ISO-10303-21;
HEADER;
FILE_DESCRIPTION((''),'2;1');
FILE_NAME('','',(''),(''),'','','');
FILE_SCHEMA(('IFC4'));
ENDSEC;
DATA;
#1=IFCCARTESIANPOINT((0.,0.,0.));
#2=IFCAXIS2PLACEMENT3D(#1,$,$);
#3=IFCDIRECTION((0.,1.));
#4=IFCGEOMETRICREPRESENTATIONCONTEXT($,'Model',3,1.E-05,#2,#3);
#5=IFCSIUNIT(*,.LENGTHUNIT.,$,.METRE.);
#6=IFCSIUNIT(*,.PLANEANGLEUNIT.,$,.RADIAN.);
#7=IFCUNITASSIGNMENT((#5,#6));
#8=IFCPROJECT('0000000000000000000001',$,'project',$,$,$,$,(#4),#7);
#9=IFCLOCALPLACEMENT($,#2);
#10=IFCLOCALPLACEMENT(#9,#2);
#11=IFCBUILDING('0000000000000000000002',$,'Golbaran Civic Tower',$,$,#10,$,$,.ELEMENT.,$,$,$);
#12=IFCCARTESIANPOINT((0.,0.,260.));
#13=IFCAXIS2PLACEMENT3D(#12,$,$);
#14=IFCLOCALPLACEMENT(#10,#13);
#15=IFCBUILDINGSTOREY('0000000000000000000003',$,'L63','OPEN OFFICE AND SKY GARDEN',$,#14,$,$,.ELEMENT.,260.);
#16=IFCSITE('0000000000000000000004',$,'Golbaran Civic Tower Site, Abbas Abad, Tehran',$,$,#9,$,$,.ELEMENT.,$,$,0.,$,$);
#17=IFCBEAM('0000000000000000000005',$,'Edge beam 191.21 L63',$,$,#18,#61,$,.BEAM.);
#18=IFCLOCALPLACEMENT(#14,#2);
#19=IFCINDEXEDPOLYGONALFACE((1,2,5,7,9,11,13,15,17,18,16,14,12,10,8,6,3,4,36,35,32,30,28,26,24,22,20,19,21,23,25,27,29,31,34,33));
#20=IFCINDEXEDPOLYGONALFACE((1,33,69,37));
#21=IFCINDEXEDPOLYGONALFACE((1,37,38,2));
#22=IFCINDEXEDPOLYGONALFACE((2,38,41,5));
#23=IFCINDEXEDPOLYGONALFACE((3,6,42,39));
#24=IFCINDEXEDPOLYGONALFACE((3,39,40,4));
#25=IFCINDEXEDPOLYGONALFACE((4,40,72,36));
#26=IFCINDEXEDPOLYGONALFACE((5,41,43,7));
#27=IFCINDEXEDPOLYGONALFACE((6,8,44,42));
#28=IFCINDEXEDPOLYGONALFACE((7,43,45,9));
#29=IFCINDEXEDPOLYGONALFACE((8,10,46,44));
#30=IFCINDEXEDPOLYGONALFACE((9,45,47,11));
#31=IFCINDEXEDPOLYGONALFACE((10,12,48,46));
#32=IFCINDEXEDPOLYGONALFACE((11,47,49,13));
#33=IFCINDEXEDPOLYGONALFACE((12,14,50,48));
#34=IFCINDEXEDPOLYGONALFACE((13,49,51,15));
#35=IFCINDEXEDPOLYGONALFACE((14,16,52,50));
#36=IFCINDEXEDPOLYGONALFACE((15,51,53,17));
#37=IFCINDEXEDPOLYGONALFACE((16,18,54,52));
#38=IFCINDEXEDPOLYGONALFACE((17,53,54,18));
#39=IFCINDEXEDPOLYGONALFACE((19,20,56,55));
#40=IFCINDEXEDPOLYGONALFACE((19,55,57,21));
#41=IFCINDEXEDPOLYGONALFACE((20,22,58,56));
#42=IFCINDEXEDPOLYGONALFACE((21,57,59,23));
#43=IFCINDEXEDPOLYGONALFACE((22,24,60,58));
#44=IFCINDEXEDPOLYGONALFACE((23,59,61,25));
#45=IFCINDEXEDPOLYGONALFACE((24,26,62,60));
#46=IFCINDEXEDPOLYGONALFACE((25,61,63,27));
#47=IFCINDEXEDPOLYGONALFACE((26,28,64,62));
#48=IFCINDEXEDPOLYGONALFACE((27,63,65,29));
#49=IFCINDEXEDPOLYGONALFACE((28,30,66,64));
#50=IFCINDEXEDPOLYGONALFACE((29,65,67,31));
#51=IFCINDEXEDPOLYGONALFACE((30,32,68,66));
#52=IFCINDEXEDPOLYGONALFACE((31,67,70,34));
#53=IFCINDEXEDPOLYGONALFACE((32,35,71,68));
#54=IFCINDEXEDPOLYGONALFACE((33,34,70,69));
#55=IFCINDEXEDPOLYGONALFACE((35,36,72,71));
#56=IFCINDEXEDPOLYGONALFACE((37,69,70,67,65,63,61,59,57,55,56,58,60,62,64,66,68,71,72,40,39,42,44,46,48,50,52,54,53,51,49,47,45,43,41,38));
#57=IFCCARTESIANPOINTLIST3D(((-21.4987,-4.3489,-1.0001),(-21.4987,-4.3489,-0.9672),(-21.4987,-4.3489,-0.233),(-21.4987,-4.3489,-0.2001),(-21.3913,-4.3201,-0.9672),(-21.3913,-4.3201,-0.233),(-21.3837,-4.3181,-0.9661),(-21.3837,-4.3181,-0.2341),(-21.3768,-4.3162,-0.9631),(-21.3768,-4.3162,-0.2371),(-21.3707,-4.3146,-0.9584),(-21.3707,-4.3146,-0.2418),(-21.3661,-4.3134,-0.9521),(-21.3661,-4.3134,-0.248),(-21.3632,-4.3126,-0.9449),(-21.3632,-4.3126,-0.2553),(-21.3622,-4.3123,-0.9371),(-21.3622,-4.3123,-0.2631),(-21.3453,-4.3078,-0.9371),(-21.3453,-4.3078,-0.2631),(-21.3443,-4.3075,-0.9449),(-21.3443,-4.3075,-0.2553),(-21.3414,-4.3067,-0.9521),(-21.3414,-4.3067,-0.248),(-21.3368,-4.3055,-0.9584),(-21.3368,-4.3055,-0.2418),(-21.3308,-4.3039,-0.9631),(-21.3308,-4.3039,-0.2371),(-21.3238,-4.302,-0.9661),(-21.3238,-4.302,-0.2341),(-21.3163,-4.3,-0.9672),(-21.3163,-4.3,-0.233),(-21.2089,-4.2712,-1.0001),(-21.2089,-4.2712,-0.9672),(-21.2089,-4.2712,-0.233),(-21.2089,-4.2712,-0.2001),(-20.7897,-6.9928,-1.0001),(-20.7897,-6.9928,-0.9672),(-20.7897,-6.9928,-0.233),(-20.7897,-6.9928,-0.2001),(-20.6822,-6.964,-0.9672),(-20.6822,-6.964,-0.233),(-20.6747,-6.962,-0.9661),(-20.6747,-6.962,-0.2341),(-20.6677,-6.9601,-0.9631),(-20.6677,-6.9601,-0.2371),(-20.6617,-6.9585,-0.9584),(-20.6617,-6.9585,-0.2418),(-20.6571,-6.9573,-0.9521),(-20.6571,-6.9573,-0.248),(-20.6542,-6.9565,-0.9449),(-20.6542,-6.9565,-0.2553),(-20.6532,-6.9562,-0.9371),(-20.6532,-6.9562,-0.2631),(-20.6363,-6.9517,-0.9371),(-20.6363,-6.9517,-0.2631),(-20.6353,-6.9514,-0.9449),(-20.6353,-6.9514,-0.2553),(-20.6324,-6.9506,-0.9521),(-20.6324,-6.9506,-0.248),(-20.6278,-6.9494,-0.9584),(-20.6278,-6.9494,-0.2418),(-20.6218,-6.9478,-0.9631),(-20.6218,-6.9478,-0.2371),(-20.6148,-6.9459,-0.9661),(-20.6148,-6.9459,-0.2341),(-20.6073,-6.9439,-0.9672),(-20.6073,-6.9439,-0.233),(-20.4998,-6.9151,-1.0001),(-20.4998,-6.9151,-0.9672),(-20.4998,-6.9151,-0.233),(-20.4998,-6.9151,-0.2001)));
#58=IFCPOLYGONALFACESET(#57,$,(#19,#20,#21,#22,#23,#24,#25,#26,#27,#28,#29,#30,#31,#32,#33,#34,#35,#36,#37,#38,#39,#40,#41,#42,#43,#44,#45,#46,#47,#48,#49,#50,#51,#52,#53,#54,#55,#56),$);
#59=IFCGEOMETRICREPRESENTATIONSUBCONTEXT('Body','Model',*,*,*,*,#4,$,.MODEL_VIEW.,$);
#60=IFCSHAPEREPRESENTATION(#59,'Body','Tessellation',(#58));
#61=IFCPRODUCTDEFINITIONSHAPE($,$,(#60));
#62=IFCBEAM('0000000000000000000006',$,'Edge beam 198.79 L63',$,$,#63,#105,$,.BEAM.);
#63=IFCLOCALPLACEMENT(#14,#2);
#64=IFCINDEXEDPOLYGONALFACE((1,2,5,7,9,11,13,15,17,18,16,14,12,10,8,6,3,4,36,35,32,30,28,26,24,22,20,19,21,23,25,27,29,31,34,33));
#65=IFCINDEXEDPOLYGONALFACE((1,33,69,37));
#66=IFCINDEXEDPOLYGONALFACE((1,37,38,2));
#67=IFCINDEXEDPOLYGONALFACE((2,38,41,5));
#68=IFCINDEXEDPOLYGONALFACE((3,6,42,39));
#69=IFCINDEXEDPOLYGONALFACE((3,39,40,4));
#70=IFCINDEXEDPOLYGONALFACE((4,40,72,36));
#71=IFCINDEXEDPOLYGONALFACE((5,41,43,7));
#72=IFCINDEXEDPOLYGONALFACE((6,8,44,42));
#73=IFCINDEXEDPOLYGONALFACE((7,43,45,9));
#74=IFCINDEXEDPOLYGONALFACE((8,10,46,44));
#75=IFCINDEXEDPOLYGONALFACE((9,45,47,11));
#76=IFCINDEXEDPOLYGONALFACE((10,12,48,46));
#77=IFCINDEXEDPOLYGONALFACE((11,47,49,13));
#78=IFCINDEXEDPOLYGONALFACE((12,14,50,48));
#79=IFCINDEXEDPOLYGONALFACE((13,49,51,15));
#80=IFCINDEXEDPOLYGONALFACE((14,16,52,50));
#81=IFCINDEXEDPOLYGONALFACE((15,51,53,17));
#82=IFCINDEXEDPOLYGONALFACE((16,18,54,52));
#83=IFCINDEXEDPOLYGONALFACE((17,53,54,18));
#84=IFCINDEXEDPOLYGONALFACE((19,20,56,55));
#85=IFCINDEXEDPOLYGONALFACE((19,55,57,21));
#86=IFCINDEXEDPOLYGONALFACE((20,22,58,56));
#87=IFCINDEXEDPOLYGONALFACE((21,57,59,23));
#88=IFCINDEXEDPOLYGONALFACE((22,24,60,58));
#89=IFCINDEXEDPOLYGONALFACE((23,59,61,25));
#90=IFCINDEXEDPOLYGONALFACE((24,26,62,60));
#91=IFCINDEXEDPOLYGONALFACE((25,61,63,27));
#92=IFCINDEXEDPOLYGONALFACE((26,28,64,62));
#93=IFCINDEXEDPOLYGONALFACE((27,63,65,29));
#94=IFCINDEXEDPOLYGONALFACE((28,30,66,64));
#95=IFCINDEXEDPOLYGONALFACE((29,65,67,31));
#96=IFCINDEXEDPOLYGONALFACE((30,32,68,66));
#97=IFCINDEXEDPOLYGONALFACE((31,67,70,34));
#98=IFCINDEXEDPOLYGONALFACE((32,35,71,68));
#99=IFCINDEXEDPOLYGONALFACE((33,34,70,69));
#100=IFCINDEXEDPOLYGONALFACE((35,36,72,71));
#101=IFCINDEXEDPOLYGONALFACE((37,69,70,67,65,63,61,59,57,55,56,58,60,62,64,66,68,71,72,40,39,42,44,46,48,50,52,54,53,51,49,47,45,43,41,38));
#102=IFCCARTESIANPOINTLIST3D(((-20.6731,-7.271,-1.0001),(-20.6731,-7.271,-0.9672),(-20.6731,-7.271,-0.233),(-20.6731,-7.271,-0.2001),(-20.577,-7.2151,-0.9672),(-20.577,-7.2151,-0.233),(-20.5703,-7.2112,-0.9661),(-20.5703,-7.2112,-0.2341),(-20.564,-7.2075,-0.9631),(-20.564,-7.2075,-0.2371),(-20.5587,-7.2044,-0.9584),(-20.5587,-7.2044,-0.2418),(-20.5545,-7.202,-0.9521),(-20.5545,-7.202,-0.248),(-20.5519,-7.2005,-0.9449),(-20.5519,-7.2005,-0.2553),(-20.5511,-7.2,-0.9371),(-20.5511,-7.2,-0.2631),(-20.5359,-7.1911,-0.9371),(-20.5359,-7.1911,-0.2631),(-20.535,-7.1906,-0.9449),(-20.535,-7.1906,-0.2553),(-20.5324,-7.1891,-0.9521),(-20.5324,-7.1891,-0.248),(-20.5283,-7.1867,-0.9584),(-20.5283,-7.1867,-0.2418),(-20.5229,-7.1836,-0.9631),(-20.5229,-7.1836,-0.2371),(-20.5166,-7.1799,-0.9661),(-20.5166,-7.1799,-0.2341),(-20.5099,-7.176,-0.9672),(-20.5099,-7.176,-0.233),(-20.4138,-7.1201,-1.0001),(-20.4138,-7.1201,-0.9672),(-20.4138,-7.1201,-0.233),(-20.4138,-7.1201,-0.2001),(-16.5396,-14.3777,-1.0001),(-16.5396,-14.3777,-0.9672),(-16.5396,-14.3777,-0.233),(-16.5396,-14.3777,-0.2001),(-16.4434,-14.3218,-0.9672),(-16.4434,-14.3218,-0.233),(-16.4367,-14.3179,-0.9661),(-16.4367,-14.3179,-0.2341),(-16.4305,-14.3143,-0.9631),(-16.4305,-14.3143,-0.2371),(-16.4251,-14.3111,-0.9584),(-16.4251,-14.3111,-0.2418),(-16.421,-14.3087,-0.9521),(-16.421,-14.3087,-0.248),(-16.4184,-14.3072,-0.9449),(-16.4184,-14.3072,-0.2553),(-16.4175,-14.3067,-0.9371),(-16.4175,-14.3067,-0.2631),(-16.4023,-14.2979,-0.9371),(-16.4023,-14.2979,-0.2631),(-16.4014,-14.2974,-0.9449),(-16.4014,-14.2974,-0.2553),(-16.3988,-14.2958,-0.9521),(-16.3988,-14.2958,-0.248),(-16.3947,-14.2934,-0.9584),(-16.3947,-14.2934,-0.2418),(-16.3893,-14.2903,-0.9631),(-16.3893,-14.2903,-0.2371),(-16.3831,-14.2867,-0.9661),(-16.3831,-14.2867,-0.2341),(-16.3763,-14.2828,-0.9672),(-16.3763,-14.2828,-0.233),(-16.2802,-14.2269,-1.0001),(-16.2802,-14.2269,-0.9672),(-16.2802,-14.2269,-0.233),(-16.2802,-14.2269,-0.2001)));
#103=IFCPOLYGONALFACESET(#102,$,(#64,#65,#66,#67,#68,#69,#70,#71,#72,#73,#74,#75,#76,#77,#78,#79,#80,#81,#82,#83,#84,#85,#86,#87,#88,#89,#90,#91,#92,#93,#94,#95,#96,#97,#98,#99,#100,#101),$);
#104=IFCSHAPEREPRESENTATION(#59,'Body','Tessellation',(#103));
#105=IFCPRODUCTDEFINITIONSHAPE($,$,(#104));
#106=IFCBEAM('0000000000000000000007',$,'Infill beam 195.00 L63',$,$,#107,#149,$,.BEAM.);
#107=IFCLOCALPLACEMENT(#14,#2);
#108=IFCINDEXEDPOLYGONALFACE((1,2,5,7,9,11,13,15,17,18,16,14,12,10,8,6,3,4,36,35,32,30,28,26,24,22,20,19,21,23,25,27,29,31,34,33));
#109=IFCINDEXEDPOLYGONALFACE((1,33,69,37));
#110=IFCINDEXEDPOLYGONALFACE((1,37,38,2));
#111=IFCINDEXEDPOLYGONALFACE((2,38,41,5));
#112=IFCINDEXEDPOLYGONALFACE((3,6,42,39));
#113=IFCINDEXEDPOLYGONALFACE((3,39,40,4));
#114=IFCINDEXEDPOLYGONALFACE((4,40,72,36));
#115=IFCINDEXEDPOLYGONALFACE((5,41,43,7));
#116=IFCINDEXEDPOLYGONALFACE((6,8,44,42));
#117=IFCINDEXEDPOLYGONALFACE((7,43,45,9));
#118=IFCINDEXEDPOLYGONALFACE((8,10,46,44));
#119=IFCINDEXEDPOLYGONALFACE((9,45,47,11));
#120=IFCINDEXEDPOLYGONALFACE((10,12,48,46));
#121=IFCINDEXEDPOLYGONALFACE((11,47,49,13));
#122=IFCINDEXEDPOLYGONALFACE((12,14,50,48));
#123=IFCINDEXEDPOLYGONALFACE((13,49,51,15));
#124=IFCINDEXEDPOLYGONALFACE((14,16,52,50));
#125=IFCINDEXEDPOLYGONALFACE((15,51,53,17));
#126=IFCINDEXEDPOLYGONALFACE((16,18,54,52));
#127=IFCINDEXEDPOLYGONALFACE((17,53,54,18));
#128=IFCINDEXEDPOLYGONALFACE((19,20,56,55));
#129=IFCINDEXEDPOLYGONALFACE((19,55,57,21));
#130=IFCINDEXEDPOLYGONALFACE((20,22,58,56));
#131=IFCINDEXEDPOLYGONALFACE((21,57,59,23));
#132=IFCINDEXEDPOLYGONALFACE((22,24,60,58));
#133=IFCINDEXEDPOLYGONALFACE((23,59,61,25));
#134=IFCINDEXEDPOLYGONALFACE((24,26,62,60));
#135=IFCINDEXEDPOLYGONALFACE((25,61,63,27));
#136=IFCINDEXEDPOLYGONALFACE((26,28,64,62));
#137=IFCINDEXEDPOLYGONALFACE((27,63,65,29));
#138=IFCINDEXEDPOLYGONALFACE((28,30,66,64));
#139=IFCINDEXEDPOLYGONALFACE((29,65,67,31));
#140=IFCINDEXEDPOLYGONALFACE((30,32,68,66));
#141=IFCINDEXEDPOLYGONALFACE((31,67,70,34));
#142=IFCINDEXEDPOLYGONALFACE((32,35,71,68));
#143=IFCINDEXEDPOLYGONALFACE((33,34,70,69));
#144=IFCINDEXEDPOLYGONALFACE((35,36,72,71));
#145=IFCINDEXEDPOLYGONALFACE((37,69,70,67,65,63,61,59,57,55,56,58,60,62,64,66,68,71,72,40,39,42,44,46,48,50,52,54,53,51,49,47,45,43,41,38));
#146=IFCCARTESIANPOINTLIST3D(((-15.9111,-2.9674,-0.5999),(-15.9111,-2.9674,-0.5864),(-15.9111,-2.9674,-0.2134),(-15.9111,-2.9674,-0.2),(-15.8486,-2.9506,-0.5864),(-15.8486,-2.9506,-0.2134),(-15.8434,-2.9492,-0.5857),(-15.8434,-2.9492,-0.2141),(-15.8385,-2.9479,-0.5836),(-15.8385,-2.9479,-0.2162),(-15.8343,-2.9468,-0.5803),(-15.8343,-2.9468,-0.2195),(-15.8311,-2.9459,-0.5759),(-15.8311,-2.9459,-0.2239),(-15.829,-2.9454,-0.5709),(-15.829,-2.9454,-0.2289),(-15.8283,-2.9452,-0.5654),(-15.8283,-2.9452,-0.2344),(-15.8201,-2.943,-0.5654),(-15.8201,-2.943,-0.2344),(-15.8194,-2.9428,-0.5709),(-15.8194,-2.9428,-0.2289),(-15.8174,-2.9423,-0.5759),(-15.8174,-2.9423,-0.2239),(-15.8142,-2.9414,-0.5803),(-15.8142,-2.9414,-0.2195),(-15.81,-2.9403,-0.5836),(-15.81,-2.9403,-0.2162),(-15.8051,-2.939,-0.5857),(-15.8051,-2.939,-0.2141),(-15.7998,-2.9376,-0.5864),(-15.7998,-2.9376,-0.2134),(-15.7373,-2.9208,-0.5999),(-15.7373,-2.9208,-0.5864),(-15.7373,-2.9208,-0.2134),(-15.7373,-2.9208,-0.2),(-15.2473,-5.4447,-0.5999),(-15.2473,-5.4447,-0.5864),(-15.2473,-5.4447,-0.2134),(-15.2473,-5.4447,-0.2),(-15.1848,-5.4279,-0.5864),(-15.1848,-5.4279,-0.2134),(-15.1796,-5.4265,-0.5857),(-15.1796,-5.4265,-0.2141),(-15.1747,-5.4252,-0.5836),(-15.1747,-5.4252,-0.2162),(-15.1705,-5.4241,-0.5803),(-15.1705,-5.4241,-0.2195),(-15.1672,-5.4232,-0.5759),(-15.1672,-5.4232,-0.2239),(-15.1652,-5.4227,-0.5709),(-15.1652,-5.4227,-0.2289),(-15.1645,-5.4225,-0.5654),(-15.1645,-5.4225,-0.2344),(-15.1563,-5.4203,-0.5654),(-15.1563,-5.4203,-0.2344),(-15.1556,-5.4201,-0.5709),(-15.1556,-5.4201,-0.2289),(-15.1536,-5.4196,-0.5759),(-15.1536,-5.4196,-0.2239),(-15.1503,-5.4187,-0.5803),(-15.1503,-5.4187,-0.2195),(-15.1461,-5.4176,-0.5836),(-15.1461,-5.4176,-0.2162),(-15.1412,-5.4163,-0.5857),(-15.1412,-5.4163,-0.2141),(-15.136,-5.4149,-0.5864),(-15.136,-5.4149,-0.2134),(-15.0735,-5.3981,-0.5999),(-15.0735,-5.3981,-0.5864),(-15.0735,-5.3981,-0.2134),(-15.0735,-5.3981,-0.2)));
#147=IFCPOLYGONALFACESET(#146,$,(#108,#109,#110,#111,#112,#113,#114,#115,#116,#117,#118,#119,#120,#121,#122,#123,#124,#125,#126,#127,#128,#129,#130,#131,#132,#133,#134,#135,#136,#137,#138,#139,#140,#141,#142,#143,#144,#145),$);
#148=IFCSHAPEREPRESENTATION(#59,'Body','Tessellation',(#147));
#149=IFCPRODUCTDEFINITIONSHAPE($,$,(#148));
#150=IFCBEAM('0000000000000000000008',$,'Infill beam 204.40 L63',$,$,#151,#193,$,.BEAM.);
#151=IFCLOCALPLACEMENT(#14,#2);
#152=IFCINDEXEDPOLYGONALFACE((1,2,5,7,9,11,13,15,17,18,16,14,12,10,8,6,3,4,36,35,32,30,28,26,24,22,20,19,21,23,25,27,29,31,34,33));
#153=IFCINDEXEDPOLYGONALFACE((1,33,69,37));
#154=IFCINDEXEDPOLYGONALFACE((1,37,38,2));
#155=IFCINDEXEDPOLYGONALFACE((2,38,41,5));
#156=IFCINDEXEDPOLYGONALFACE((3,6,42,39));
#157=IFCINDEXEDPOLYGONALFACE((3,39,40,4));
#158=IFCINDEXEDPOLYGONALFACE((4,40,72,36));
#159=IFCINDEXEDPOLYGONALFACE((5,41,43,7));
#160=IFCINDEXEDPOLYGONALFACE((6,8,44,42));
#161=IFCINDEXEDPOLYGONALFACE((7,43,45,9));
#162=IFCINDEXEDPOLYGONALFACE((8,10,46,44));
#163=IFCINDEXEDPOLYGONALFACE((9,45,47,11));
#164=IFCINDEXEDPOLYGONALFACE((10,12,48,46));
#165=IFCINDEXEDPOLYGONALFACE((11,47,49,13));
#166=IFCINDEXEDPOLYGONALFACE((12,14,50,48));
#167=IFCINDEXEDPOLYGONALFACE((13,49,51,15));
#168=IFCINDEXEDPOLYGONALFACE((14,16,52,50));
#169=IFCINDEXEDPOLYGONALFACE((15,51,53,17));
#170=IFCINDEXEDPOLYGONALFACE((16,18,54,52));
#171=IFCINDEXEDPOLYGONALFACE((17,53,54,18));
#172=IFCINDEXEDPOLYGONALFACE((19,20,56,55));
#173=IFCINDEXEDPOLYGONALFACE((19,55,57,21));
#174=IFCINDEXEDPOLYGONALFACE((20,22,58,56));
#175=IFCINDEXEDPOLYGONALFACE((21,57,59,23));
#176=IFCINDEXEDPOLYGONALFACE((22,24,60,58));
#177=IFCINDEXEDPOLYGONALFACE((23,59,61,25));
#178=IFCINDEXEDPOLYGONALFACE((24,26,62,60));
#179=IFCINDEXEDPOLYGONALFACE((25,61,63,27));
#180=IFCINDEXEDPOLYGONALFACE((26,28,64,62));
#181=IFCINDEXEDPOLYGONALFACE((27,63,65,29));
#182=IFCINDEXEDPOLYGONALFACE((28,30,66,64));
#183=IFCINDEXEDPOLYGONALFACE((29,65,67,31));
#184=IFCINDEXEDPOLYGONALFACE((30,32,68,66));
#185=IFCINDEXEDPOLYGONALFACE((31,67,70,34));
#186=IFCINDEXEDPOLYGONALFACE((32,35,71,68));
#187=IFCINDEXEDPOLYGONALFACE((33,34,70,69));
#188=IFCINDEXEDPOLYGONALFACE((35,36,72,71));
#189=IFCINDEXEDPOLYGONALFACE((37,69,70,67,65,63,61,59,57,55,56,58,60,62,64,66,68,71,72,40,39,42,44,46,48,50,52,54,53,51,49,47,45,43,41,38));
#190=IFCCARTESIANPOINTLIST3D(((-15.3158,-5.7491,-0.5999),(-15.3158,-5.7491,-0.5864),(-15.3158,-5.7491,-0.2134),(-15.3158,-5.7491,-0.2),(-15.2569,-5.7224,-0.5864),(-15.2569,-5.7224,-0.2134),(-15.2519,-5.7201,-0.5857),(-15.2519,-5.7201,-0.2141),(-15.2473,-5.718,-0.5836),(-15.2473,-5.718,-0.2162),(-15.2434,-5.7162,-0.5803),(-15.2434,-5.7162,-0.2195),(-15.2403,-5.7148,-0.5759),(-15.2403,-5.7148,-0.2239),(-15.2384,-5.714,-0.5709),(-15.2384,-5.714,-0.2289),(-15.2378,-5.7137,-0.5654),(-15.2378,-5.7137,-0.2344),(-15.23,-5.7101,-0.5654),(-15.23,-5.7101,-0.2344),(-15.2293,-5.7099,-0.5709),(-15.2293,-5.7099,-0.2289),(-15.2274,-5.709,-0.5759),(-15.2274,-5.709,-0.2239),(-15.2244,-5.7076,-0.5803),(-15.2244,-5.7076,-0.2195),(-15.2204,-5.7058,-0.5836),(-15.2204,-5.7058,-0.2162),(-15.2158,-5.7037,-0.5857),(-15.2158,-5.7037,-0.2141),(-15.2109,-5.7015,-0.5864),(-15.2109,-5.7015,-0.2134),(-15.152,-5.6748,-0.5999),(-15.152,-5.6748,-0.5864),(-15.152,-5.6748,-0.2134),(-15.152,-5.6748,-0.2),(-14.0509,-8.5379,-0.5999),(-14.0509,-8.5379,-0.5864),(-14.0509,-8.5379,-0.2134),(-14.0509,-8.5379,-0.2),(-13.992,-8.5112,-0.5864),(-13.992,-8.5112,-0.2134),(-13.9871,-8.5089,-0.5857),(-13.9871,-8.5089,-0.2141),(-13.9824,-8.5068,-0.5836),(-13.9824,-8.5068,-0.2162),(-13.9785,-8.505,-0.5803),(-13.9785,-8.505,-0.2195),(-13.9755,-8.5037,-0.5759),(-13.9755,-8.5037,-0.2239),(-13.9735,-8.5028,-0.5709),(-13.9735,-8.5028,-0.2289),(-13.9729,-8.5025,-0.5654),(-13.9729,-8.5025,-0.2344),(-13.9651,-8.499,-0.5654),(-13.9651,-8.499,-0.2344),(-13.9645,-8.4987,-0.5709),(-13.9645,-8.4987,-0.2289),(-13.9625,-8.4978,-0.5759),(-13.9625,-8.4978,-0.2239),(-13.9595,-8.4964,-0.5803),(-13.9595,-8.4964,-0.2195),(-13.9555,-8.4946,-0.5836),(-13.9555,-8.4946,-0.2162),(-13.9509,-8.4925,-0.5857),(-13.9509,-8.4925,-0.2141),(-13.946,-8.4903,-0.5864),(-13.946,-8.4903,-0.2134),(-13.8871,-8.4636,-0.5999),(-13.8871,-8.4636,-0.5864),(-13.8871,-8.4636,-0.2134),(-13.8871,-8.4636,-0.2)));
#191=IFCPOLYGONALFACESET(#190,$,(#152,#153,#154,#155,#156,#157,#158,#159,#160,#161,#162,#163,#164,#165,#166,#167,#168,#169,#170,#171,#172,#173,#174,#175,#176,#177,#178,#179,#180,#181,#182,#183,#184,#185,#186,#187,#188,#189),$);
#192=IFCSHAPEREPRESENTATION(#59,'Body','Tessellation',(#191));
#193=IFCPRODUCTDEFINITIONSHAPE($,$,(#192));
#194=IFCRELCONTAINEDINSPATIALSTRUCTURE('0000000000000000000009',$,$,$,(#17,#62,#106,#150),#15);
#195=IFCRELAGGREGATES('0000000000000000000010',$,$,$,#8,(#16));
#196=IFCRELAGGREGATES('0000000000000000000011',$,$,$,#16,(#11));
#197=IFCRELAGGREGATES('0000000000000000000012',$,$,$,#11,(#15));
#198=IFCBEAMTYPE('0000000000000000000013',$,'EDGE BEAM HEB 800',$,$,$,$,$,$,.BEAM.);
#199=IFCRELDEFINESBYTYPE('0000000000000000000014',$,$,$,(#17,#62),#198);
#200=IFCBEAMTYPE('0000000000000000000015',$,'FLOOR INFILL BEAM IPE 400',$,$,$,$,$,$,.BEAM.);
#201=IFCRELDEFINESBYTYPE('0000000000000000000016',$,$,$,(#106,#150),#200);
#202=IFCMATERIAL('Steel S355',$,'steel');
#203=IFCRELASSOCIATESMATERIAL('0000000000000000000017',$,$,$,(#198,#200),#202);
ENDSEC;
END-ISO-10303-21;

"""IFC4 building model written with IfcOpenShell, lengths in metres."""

from ifc_helpers import new_model, si_unit, direction, frame, origin, origin_2d, place, context, subcontext, project, spatial, i_section, extrude, material, material_profile, profile_set, type_object, element, save


model = new_model("IFC4")

# Units and contexts
model_context = context("Model", 3, precision=1e-05, world=origin(), true_north=direction((0.0, 1.0)))
body_context = subcontext(model_context, "Body", "Model", "MODEL_VIEW")
ifc_project = project(units=[si_unit("LENGTHUNIT", "METRE"), si_unit("PLANEANGLEUNIT", "RADIAN")], contexts=[model_context])

# Site, building, storey
site_placement = place(None, origin())
site = spatial("IfcSite", under=ifc_project, at=site_placement, Name="Golbaran Civic Tower Site, Abbas Abad, Tehran", CompositionType="ELEMENT", RefElevation=0.0)
building_placement = place(site_placement, origin())
building = spatial("IfcBuilding", under=site, at=building_placement, Name="Golbaran Civic Tower", CompositionType="ELEMENT")
storey_placement = place(building_placement, frame((0.0, 0.0, 260.0)))
storey = spatial("IfcBuildingStorey", under=building, at=storey_placement, Name="L63", Description="OPEN OFFICE AND SKY GARDEN", CompositionType="ELEMENT", Elevation=260.0)

# Beams
ifc_material_1 = material(Name="Steel S355", Category="steel")
ifc_material_profile_1 = material_profile(ifc_material_1, i_section(OverallWidth=0.3, OverallDepth=0.8, WebThickness=0.0176, FlangeThickness=0.033, FilletRadius=0.03, at=origin_2d()), Name="HEB 800")
ifc_profile_set_1 = profile_set([ifc_material_profile_1], Name="Steel S355")
beam_type_1 = type_object("IfcBeamType", Name="EDGE BEAM HEB 800", PredefinedType="BEAM", material=ifc_profile_set_1)
beam_1_placement = place(storey_placement, frame((-21.3538, -4.3101, -0.6001), z_axis=(0.259017, -0.965873, 0.0), x_axis=(0.965873, 0.259017, 0.0)))
element("IfcBeam", 1, at=beam_1_placement, inside=storey, type_object=beam_type_1, Name="Edge beam 191.21 L63", PredefinedType="BEAM", context=body_context, shape_type="SweptSolid", body=[
    extrude(i_section(OverallWidth=0.3, OverallDepth=0.8, WebThickness=0.0176, FlangeThickness=0.033, FilletRadius=0.03, at=origin_2d()), origin(), (0.0, 0.0, 1.0), 2.7373),
])
beam_2_placement = place(storey_placement, frame((-20.5435, -7.1956, -0.6001), z_axis=(0.502779, -0.864415, 0.0), x_axis=(0.864415, 0.502779, 0.0)))
element("IfcBeam", 2, at=beam_2_placement, inside=storey, type_object=beam_type_1, Name="Edge beam 198.79 L63", PredefinedType="BEAM", context=body_context, shape_type="SweptSolid", body=[
    extrude(i_section(OverallWidth=0.3, OverallDepth=0.8, WebThickness=0.0176, FlangeThickness=0.033, FilletRadius=0.03, at=origin_2d()), origin(), (0.0, 0.0, 1.0), 8.2214),
])
ifc_material_profile_2 = material_profile(ifc_material_1, i_section(OverallWidth=0.1799, OverallDepth=0.3999, WebThickness=0.0085, FlangeThickness=0.0134, FilletRadius=0.021, at=origin_2d()), Name="IPE 400")
ifc_profile_set_2 = profile_set([ifc_material_profile_2], Name="Steel S355")
beam_type_2 = type_object("IfcBeamType", Name="FLOOR INFILL BEAM IPE 400", PredefinedType="BEAM", material=ifc_profile_set_2)
beam_3_placement = place(storey_placement, frame((-15.8242, -2.9441, -0.3999), z_axis=(0.25883, -0.965923, 0.0), x_axis=(0.965923, 0.25883, 0.0)))
element("IfcBeam", 3, at=beam_3_placement, inside=storey, type_object=beam_type_2, Name="Infill beam 195.00 L63", PredefinedType="BEAM", context=body_context, shape_type="SweptSolid", body=[
    extrude(i_section(OverallWidth=0.1799, OverallDepth=0.3999, WebThickness=0.0085, FlangeThickness=0.0134, FilletRadius=0.021, at=origin_2d()), origin(), (0.0, 0.0, 1.0), 2.5647),
])
beam_4_placement = place(storey_placement, frame((-15.2339, -5.7119, -0.3999), z_axis=(0.413058, -0.910705, 0.0), x_axis=(0.910705, 0.413058, 0.0)))
element("IfcBeam", 4, at=beam_4_placement, inside=storey, type_object=beam_type_2, Name="Infill beam 204.40 L63", PredefinedType="BEAM", context=body_context, shape_type="SweptSolid", body=[
    extrude(i_section(OverallWidth=0.1799, OverallDepth=0.3999, WebThickness=0.0085, FlangeThickness=0.0134, FilletRadius=0.021, at=origin_2d()), origin(), (0.0, 0.0, 1.0), 3.0623),
])

save(model, "model.ifc")
